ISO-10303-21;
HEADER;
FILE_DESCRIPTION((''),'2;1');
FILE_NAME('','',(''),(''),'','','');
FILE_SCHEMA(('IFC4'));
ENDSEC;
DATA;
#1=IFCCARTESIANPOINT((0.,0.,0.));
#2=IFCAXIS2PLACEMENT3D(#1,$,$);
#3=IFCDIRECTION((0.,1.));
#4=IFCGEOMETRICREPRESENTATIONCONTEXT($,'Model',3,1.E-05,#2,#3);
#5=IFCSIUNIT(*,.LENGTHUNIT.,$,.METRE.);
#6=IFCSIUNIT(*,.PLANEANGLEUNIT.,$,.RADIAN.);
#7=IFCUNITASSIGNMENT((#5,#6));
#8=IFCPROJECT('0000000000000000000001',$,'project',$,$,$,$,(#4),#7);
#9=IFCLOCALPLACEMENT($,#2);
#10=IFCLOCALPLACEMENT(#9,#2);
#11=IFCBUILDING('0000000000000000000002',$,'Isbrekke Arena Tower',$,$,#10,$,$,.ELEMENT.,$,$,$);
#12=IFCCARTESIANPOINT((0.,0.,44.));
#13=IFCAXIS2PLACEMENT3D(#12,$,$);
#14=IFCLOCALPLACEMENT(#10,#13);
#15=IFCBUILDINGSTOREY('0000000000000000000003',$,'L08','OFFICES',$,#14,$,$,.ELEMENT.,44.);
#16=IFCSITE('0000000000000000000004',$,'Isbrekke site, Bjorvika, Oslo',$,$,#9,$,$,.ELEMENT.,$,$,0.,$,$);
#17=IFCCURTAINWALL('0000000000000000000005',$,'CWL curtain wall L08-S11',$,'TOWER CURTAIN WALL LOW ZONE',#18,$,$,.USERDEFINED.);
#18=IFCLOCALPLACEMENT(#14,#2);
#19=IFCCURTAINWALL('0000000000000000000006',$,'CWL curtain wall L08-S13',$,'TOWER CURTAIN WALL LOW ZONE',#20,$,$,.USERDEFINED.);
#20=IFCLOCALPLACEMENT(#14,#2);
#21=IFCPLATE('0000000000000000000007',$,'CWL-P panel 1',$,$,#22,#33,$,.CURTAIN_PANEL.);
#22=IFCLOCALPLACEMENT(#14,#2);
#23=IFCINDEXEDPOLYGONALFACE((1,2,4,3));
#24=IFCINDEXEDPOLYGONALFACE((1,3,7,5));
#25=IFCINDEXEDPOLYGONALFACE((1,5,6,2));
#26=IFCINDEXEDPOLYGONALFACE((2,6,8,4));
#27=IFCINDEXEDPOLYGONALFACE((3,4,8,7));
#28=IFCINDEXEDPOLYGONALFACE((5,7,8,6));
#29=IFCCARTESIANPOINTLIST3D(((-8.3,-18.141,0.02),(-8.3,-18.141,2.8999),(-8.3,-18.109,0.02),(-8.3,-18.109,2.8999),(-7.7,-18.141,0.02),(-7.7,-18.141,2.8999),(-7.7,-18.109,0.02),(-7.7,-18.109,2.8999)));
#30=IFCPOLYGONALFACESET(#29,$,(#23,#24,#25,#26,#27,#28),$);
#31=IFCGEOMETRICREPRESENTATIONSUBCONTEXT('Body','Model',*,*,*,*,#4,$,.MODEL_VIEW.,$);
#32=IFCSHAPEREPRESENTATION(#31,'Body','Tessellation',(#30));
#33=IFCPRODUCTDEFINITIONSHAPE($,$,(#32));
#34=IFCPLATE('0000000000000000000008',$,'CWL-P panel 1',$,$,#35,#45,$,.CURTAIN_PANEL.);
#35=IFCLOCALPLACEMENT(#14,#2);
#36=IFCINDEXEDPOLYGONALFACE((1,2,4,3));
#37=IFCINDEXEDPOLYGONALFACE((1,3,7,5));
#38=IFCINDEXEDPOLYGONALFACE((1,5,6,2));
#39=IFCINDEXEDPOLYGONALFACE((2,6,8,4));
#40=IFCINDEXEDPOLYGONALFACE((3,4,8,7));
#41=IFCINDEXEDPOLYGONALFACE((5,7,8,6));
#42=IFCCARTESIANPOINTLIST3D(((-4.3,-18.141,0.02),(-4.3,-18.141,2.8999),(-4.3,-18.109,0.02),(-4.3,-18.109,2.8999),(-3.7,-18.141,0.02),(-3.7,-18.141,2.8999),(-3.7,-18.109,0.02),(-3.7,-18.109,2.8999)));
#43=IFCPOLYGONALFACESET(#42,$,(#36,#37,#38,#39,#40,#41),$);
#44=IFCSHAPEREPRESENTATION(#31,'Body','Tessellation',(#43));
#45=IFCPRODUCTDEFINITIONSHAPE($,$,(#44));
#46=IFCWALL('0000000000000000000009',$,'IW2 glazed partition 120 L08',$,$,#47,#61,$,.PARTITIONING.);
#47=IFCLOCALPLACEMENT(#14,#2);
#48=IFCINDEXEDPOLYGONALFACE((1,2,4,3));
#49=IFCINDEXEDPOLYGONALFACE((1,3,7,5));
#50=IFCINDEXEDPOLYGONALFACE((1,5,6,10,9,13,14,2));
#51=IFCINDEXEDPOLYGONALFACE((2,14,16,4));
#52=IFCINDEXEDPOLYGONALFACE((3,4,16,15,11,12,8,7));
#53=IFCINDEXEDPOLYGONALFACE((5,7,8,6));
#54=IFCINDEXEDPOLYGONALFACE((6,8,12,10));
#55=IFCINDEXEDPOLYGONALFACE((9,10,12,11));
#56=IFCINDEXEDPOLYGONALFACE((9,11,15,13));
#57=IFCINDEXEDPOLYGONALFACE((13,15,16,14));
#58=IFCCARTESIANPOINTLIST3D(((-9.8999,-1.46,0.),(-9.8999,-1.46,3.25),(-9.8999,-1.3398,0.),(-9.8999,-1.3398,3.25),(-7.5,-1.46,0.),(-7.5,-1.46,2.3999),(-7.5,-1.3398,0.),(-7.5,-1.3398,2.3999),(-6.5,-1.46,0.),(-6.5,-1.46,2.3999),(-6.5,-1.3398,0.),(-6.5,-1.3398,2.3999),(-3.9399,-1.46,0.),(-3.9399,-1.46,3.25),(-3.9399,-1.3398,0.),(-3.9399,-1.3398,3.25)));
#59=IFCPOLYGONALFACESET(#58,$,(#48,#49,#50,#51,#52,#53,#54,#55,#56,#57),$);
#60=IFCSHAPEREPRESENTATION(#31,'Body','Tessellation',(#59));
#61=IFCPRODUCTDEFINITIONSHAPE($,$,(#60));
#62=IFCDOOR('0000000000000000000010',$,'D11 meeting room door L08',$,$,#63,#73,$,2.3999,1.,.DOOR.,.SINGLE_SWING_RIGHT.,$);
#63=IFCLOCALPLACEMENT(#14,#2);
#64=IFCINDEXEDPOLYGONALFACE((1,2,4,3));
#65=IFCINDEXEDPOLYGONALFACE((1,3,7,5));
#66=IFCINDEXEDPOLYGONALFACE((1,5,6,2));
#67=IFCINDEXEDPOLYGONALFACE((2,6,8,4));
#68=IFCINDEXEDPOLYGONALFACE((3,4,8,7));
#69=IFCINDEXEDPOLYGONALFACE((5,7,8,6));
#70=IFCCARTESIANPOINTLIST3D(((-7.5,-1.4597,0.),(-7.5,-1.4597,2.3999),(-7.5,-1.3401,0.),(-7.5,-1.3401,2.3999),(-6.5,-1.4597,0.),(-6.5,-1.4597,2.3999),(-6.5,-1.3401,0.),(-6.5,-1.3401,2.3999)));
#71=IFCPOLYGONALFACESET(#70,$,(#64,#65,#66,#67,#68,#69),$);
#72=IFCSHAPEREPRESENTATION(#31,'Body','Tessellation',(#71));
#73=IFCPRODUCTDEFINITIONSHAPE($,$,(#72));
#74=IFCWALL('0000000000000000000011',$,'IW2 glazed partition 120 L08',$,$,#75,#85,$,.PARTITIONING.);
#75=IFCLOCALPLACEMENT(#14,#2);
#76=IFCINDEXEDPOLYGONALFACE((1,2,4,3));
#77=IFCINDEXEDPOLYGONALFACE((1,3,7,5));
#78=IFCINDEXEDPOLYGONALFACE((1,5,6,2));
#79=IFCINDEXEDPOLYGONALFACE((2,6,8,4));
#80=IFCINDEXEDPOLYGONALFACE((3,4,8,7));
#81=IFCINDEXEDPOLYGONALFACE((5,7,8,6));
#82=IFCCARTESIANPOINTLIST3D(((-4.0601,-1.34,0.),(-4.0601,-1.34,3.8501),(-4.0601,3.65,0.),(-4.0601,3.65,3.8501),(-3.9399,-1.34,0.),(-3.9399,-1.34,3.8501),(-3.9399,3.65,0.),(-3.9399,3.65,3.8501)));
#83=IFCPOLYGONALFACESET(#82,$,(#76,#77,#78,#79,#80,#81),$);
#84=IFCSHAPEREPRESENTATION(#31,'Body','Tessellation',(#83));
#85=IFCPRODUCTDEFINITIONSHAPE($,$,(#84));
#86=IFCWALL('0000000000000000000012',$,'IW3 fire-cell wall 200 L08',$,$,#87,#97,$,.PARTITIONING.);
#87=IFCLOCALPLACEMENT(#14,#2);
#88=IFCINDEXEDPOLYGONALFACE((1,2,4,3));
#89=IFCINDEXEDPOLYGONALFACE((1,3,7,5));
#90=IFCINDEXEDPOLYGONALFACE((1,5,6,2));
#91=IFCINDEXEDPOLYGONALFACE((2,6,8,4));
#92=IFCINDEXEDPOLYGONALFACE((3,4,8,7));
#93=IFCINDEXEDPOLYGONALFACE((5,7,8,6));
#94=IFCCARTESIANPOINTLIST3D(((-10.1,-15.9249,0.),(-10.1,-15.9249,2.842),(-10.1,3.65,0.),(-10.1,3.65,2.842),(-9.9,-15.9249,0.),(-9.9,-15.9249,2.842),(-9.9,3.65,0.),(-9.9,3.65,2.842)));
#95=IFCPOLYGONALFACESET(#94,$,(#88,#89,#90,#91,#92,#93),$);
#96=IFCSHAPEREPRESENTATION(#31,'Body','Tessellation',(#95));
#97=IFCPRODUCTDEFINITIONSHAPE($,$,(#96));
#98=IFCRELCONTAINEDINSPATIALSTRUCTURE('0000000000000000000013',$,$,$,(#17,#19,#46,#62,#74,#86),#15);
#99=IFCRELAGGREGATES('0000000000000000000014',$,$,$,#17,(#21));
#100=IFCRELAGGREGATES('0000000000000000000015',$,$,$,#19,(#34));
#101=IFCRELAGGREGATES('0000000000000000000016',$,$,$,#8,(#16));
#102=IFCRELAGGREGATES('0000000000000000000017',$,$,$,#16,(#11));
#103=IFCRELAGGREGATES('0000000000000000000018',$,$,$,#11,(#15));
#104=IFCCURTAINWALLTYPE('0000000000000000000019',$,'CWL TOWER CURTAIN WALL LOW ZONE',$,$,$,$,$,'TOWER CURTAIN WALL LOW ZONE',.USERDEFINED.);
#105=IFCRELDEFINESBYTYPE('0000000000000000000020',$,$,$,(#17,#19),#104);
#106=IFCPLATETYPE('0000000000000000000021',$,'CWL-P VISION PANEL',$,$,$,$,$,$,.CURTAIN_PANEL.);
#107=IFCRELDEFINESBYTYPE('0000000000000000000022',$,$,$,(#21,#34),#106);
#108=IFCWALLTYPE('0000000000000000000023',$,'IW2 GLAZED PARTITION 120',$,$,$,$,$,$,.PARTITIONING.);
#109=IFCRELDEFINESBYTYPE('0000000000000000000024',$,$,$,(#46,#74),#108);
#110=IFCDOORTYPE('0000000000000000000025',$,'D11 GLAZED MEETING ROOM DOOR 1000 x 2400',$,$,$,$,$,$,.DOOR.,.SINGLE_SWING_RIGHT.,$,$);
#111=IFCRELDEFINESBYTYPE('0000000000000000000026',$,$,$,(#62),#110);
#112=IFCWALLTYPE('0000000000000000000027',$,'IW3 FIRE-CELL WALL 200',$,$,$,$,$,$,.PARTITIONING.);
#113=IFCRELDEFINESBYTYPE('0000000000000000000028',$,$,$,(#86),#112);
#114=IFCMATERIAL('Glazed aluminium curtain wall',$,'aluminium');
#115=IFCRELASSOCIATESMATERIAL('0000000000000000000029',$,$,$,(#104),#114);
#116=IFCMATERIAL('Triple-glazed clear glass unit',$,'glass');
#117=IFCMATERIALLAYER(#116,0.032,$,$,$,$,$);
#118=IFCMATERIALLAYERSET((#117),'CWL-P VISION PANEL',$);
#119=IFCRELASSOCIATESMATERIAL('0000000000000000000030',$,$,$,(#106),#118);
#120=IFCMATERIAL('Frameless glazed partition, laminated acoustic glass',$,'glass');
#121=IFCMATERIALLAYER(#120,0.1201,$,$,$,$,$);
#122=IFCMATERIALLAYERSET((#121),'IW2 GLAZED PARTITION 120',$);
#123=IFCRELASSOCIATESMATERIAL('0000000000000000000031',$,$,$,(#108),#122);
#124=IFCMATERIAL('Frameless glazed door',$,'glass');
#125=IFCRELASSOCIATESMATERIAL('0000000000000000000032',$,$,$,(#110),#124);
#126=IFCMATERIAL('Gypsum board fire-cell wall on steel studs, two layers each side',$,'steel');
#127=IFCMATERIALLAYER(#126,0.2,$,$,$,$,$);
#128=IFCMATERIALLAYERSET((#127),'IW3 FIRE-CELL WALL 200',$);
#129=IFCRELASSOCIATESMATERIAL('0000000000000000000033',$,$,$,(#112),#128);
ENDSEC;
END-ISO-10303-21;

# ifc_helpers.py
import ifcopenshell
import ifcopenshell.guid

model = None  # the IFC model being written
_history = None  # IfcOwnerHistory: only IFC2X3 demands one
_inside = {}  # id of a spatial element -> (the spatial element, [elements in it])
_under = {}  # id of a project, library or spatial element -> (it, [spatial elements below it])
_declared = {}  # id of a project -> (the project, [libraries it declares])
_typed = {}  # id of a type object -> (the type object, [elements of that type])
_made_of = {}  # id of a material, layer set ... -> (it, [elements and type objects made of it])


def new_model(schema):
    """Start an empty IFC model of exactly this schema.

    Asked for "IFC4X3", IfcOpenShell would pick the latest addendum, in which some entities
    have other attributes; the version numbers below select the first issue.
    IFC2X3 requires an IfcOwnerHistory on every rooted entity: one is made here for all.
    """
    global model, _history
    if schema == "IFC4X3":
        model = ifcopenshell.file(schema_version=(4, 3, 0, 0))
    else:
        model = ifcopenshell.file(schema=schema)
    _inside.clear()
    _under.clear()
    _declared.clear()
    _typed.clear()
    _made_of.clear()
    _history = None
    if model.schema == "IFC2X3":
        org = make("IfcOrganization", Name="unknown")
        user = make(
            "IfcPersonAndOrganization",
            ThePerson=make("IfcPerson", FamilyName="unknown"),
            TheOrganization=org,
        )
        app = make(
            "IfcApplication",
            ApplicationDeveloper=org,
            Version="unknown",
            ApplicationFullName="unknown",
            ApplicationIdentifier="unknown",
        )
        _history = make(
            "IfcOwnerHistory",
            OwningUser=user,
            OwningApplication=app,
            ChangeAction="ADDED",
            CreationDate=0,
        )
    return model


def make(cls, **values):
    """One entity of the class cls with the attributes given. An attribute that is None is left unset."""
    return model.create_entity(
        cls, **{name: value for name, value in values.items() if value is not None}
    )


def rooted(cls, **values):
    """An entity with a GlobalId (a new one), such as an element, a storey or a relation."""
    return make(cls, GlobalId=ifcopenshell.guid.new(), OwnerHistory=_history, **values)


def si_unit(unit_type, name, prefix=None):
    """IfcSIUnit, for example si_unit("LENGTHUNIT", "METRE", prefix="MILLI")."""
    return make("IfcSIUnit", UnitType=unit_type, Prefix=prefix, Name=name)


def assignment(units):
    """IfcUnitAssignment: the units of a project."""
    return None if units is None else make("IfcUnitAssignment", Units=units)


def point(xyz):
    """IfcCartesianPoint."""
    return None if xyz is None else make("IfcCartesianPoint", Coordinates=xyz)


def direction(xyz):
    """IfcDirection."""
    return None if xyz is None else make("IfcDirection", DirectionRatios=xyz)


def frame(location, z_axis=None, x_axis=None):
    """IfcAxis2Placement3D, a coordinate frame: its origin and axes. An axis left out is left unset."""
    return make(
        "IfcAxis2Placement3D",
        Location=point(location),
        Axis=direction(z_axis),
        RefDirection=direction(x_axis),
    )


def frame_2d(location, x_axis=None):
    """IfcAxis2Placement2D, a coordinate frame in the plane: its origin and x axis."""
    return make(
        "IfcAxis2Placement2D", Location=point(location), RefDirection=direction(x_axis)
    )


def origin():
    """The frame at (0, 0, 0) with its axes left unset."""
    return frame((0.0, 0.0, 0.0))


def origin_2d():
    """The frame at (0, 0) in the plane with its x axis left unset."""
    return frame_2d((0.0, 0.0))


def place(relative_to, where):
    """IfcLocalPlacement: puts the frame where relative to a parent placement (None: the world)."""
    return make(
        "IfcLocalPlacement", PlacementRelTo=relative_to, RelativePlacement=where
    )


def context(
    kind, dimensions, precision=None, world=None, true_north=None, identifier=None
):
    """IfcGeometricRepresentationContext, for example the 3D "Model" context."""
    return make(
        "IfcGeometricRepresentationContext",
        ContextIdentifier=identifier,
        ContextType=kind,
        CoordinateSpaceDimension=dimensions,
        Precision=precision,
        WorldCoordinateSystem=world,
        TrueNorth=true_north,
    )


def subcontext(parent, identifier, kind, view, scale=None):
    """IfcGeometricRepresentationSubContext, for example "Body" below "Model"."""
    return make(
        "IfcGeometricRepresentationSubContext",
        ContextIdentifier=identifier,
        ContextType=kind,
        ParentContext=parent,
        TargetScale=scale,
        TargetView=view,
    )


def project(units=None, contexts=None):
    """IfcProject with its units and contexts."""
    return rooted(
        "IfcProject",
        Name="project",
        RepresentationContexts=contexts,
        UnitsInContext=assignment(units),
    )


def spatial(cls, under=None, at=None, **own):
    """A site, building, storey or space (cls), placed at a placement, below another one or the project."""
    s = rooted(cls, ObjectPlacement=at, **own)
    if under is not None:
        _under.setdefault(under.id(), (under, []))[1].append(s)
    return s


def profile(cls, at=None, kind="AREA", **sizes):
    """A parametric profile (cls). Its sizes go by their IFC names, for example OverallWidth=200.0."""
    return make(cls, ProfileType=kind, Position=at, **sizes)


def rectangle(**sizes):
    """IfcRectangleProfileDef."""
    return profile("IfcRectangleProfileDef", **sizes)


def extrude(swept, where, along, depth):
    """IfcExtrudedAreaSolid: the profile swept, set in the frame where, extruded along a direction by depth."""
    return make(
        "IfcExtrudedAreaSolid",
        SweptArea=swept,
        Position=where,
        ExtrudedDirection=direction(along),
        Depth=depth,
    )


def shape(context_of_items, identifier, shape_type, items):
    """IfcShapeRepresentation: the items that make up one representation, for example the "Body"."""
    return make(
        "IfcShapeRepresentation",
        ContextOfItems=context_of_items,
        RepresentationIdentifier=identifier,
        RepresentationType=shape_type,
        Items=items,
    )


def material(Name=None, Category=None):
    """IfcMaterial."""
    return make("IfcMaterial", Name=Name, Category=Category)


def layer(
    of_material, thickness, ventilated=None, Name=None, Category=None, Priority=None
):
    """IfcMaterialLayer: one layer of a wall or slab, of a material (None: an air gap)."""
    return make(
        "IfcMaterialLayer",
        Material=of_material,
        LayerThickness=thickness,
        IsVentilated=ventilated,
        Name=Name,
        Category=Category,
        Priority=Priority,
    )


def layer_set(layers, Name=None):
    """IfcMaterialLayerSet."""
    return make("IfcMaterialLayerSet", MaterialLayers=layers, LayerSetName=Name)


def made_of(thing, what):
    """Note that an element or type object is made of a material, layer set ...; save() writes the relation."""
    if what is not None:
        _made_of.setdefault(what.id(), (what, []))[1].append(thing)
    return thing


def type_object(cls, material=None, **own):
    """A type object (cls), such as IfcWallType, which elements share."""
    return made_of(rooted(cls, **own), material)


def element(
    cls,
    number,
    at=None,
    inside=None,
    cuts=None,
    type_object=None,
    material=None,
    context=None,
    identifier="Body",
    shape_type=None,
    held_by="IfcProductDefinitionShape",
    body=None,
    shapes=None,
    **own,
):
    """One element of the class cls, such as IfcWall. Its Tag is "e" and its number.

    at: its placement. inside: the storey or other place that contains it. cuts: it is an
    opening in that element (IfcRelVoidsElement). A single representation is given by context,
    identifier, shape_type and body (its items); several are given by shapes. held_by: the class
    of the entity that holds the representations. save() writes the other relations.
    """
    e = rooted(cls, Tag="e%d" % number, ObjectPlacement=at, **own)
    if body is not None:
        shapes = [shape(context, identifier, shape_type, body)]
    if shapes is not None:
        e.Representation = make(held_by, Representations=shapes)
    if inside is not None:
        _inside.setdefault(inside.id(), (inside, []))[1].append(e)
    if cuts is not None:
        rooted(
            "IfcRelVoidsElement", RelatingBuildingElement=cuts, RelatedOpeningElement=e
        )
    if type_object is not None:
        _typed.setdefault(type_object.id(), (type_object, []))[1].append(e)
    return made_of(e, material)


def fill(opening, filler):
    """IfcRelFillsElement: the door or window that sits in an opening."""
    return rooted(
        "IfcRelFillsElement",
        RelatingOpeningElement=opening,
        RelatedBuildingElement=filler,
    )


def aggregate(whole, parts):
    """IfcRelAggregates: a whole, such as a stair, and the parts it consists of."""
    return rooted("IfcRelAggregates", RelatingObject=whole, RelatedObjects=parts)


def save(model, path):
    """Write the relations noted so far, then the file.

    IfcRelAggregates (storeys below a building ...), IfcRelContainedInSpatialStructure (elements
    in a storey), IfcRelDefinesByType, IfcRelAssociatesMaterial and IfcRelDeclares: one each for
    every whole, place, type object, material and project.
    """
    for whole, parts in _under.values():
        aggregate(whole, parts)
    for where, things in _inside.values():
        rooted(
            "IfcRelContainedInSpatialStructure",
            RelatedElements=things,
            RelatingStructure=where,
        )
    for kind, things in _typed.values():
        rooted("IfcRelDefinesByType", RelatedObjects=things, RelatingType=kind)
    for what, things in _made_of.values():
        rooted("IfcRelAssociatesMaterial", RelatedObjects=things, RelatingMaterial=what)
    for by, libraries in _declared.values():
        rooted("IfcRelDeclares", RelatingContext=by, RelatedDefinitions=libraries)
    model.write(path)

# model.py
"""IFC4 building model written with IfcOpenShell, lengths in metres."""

from ifc_helpers import new_model, si_unit, direction, frame, frame_2d, origin, origin_2d, place, context, subcontext, project, spatial, rectangle, extrude, material, layer, layer_set, type_object, element, fill, aggregate, save


model = new_model("IFC4")

# Units and contexts
model_context = context("Model", 3, precision=1e-05, world=origin(), true_north=direction((0.0, 1.0)))
body_context = subcontext(model_context, "Body", "Model", "MODEL_VIEW")
ifc_project = project(units=[si_unit("LENGTHUNIT", "METRE"), si_unit("PLANEANGLEUNIT", "RADIAN")], contexts=[model_context])

# Site, building, storey
site_placement = place(None, origin())
site = spatial("IfcSite", under=ifc_project, at=site_placement, Name="Isbrekke site, Bjorvika, Oslo", CompositionType="ELEMENT", RefElevation=0.0)
building_placement = place(site_placement, origin())
building = spatial("IfcBuilding", under=site, at=building_placement, Name="Isbrekke Arena Tower", CompositionType="ELEMENT")
storey_placement = place(building_placement, frame((0.0, 0.0, 44.0)))
storey = spatial("IfcBuildingStorey", under=building, at=storey_placement, Name="L08", Description="OFFICES", CompositionType="ELEMENT", Elevation=44.0)

# Curtain walls
ifc_material_1 = material(Name="Glazed aluminium curtain wall", Category="aluminium")
curtain_wall_type = type_object("IfcCurtainWallType", Name="CWL TOWER CURTAIN WALL LOW ZONE", ElementType="TOWER CURTAIN WALL LOW ZONE", PredefinedType="USERDEFINED", material=ifc_material_1)
curtain_wall_1_placement = place(storey_placement, origin())
curtain_wall_1 = element("IfcCurtainWall", 1, at=curtain_wall_1_placement, inside=storey, type_object=curtain_wall_type, Name="CWL curtain wall L08-S11", ObjectType="TOWER CURTAIN WALL LOW ZONE", PredefinedType="USERDEFINED")
curtain_wall_2_placement = place(storey_placement, origin())
curtain_wall_2 = element("IfcCurtainWall", 2, at=curtain_wall_2_placement, inside=storey, type_object=curtain_wall_type, Name="CWL curtain wall L08-S13", ObjectType="TOWER CURTAIN WALL LOW ZONE", PredefinedType="USERDEFINED")

# Plates
ifc_material_2 = material(Name="Triple-glazed clear glass unit", Category="glass")
ifc_layer_1 = layer(ifc_material_2, 0.032)
ifc_layer_set_1 = layer_set([ifc_layer_1], Name="CWL-P VISION PANEL")
plate_type = type_object("IfcPlateType", Name="CWL-P VISION PANEL", PredefinedType="CURTAIN_PANEL", material=ifc_layer_set_1)
plate_1_placement = place(storey_placement, frame((-8.0, -18.125, 0.02), z_axis=(0.0, 0.0, 1.0), x_axis=(1.0, 0.0, 0.0)))
plate_1 = element("IfcPlate", 3, at=plate_1_placement, type_object=plate_type, Name="CWL-P panel 1", PredefinedType="CURTAIN_PANEL", context=body_context, shape_type="SweptSolid", body=[
    extrude(rectangle(XDim=0.6001, YDim=0.032, at=origin_2d()), origin(), (0.0, 0.0, 1.0), 2.8799),
])
aggregate(curtain_wall_1, [plate_1])
plate_2_placement = place(storey_placement, frame((-4.0, -18.125, 0.02), z_axis=(0.0, 0.0, 1.0), x_axis=(1.0, 0.0, 0.0)))
plate_2 = element("IfcPlate", 4, at=plate_2_placement, type_object=plate_type, Name="CWL-P panel 1", PredefinedType="CURTAIN_PANEL", context=body_context, shape_type="SweptSolid", body=[
    extrude(rectangle(XDim=0.6001, YDim=0.032, at=origin_2d()), origin(), (0.0, 0.0, 1.0), 2.8799),
])
aggregate(curtain_wall_2, [plate_2])

# Wall, opening, door
ifc_material_3 = material(Name="Frameless glazed partition, laminated acoustic glass", Category="glass")
ifc_layer_2 = layer(ifc_material_3, 0.1201)
ifc_layer_set_2 = layer_set([ifc_layer_2], Name="IW2 GLAZED PARTITION 120")
wall_type_1 = type_object("IfcWallType", Name="IW2 GLAZED PARTITION 120", PredefinedType="PARTITIONING", material=ifc_layer_set_2)
wall_1_placement = place(storey_placement, frame((-9.8999, -1.3999, 0.0), z_axis=(0.0, 0.0, 1.0), x_axis=(1.0, 0.0, 0.0)))
wall_1 = element("IfcWall", 5, at=wall_1_placement, inside=storey, type_object=wall_type_1, Name="IW2 glazed partition 120 L08", PredefinedType="PARTITIONING", context=body_context, shape_type="SweptSolid", body=[
    extrude(rectangle(XDim=5.96, YDim=0.1201, at=frame_2d((2.98, 0.0))), origin(), (0.0, 0.0, 1.0), 3.25),
])
opening_placement = place(wall_1_placement, frame((2.3999, 0.0, 0.0)))
opening = element("IfcOpeningElement", 6, at=opening_placement, cuts=wall_1, PredefinedType="OPENING", context=body_context, shape_type="SweptSolid", body=[
    extrude(rectangle(XDim=1.0, YDim=2.3999, at=frame_2d((0.5, 1.2))), frame((0.0, 0.075, 0.0), z_axis=(0.0, -1.0, 0.0), x_axis=(1.0, 0.0, 0.0)), (0.0, 0.0, 1.0), 0.1499),
])
ifc_material_4 = material(Name="Frameless glazed door", Category="glass")
door_type = type_object("IfcDoorType", Name="D11 GLAZED MEETING ROOM DOOR 1000 x 2400", OperationType="SINGLE_SWING_RIGHT", PredefinedType="DOOR", material=ifc_material_4)
door_placement = place(opening_placement, origin())
door = element("IfcDoor", 7, at=door_placement, inside=storey, type_object=door_type, Name="D11 meeting room door L08", OperationType="SINGLE_SWING_RIGHT", OverallHeight=2.3999, OverallWidth=1.0, PredefinedType="DOOR", context=body_context, shape_type="SweptSolid", body=[
    extrude(rectangle(XDim=1.0, YDim=2.3999, at=frame_2d((0.5, 1.2))), frame((0.0, 0.0598, 0.0), z_axis=(0.0, -1.0, 0.0), x_axis=(1.0, 0.0, 0.0)), (0.0, 0.0, 1.0), 0.1196),
])
fill(opening, door)

# Walls
wall_2_placement = place(storey_placement, frame((-4.0, -1.3401, 0.0), z_axis=(0.0, 0.0, 1.0), x_axis=(0.0, 1.0, 0.0)))
element("IfcWall", 8, at=wall_2_placement, inside=storey, type_object=wall_type_1, Name="IW2 glazed partition 120 L08", PredefinedType="PARTITIONING", context=body_context, shape_type="SweptSolid", body=[
    extrude(rectangle(XDim=4.99, YDim=0.1201, at=frame_2d((2.4951, 0.0))), origin(), (0.0, 0.0, 1.0), 3.8501),
])
ifc_material_5 = material(Name="Gypsum board fire-cell wall on steel studs, two layers each side", Category="steel")
ifc_layer_3 = layer(ifc_material_5, 0.2)
ifc_layer_set_3 = layer_set([ifc_layer_3], Name="IW3 FIRE-CELL WALL 200")
wall_type_2 = type_object("IfcWallType", Name="IW3 FIRE-CELL WALL 200", PredefinedType="PARTITIONING", material=ifc_layer_set_3)
wall_3_placement = place(storey_placement, frame((-10.0, -15.925, 0.0), z_axis=(0.0, 0.0, 1.0), x_axis=(0.0, 1.0, 0.0)))
element("IfcWall", 9, at=wall_3_placement, inside=storey, type_object=wall_type_2, Name="IW3 fire-cell wall 200 L08", PredefinedType="PARTITIONING", context=body_context, shape_type="SweptSolid", body=[
    extrude(rectangle(XDim=19.575, YDim=0.2, at=frame_2d((9.7876, 0.0))), origin(), (0.0, 0.0, 1.0), 2.842),
])

save(model, "model.ifc")
